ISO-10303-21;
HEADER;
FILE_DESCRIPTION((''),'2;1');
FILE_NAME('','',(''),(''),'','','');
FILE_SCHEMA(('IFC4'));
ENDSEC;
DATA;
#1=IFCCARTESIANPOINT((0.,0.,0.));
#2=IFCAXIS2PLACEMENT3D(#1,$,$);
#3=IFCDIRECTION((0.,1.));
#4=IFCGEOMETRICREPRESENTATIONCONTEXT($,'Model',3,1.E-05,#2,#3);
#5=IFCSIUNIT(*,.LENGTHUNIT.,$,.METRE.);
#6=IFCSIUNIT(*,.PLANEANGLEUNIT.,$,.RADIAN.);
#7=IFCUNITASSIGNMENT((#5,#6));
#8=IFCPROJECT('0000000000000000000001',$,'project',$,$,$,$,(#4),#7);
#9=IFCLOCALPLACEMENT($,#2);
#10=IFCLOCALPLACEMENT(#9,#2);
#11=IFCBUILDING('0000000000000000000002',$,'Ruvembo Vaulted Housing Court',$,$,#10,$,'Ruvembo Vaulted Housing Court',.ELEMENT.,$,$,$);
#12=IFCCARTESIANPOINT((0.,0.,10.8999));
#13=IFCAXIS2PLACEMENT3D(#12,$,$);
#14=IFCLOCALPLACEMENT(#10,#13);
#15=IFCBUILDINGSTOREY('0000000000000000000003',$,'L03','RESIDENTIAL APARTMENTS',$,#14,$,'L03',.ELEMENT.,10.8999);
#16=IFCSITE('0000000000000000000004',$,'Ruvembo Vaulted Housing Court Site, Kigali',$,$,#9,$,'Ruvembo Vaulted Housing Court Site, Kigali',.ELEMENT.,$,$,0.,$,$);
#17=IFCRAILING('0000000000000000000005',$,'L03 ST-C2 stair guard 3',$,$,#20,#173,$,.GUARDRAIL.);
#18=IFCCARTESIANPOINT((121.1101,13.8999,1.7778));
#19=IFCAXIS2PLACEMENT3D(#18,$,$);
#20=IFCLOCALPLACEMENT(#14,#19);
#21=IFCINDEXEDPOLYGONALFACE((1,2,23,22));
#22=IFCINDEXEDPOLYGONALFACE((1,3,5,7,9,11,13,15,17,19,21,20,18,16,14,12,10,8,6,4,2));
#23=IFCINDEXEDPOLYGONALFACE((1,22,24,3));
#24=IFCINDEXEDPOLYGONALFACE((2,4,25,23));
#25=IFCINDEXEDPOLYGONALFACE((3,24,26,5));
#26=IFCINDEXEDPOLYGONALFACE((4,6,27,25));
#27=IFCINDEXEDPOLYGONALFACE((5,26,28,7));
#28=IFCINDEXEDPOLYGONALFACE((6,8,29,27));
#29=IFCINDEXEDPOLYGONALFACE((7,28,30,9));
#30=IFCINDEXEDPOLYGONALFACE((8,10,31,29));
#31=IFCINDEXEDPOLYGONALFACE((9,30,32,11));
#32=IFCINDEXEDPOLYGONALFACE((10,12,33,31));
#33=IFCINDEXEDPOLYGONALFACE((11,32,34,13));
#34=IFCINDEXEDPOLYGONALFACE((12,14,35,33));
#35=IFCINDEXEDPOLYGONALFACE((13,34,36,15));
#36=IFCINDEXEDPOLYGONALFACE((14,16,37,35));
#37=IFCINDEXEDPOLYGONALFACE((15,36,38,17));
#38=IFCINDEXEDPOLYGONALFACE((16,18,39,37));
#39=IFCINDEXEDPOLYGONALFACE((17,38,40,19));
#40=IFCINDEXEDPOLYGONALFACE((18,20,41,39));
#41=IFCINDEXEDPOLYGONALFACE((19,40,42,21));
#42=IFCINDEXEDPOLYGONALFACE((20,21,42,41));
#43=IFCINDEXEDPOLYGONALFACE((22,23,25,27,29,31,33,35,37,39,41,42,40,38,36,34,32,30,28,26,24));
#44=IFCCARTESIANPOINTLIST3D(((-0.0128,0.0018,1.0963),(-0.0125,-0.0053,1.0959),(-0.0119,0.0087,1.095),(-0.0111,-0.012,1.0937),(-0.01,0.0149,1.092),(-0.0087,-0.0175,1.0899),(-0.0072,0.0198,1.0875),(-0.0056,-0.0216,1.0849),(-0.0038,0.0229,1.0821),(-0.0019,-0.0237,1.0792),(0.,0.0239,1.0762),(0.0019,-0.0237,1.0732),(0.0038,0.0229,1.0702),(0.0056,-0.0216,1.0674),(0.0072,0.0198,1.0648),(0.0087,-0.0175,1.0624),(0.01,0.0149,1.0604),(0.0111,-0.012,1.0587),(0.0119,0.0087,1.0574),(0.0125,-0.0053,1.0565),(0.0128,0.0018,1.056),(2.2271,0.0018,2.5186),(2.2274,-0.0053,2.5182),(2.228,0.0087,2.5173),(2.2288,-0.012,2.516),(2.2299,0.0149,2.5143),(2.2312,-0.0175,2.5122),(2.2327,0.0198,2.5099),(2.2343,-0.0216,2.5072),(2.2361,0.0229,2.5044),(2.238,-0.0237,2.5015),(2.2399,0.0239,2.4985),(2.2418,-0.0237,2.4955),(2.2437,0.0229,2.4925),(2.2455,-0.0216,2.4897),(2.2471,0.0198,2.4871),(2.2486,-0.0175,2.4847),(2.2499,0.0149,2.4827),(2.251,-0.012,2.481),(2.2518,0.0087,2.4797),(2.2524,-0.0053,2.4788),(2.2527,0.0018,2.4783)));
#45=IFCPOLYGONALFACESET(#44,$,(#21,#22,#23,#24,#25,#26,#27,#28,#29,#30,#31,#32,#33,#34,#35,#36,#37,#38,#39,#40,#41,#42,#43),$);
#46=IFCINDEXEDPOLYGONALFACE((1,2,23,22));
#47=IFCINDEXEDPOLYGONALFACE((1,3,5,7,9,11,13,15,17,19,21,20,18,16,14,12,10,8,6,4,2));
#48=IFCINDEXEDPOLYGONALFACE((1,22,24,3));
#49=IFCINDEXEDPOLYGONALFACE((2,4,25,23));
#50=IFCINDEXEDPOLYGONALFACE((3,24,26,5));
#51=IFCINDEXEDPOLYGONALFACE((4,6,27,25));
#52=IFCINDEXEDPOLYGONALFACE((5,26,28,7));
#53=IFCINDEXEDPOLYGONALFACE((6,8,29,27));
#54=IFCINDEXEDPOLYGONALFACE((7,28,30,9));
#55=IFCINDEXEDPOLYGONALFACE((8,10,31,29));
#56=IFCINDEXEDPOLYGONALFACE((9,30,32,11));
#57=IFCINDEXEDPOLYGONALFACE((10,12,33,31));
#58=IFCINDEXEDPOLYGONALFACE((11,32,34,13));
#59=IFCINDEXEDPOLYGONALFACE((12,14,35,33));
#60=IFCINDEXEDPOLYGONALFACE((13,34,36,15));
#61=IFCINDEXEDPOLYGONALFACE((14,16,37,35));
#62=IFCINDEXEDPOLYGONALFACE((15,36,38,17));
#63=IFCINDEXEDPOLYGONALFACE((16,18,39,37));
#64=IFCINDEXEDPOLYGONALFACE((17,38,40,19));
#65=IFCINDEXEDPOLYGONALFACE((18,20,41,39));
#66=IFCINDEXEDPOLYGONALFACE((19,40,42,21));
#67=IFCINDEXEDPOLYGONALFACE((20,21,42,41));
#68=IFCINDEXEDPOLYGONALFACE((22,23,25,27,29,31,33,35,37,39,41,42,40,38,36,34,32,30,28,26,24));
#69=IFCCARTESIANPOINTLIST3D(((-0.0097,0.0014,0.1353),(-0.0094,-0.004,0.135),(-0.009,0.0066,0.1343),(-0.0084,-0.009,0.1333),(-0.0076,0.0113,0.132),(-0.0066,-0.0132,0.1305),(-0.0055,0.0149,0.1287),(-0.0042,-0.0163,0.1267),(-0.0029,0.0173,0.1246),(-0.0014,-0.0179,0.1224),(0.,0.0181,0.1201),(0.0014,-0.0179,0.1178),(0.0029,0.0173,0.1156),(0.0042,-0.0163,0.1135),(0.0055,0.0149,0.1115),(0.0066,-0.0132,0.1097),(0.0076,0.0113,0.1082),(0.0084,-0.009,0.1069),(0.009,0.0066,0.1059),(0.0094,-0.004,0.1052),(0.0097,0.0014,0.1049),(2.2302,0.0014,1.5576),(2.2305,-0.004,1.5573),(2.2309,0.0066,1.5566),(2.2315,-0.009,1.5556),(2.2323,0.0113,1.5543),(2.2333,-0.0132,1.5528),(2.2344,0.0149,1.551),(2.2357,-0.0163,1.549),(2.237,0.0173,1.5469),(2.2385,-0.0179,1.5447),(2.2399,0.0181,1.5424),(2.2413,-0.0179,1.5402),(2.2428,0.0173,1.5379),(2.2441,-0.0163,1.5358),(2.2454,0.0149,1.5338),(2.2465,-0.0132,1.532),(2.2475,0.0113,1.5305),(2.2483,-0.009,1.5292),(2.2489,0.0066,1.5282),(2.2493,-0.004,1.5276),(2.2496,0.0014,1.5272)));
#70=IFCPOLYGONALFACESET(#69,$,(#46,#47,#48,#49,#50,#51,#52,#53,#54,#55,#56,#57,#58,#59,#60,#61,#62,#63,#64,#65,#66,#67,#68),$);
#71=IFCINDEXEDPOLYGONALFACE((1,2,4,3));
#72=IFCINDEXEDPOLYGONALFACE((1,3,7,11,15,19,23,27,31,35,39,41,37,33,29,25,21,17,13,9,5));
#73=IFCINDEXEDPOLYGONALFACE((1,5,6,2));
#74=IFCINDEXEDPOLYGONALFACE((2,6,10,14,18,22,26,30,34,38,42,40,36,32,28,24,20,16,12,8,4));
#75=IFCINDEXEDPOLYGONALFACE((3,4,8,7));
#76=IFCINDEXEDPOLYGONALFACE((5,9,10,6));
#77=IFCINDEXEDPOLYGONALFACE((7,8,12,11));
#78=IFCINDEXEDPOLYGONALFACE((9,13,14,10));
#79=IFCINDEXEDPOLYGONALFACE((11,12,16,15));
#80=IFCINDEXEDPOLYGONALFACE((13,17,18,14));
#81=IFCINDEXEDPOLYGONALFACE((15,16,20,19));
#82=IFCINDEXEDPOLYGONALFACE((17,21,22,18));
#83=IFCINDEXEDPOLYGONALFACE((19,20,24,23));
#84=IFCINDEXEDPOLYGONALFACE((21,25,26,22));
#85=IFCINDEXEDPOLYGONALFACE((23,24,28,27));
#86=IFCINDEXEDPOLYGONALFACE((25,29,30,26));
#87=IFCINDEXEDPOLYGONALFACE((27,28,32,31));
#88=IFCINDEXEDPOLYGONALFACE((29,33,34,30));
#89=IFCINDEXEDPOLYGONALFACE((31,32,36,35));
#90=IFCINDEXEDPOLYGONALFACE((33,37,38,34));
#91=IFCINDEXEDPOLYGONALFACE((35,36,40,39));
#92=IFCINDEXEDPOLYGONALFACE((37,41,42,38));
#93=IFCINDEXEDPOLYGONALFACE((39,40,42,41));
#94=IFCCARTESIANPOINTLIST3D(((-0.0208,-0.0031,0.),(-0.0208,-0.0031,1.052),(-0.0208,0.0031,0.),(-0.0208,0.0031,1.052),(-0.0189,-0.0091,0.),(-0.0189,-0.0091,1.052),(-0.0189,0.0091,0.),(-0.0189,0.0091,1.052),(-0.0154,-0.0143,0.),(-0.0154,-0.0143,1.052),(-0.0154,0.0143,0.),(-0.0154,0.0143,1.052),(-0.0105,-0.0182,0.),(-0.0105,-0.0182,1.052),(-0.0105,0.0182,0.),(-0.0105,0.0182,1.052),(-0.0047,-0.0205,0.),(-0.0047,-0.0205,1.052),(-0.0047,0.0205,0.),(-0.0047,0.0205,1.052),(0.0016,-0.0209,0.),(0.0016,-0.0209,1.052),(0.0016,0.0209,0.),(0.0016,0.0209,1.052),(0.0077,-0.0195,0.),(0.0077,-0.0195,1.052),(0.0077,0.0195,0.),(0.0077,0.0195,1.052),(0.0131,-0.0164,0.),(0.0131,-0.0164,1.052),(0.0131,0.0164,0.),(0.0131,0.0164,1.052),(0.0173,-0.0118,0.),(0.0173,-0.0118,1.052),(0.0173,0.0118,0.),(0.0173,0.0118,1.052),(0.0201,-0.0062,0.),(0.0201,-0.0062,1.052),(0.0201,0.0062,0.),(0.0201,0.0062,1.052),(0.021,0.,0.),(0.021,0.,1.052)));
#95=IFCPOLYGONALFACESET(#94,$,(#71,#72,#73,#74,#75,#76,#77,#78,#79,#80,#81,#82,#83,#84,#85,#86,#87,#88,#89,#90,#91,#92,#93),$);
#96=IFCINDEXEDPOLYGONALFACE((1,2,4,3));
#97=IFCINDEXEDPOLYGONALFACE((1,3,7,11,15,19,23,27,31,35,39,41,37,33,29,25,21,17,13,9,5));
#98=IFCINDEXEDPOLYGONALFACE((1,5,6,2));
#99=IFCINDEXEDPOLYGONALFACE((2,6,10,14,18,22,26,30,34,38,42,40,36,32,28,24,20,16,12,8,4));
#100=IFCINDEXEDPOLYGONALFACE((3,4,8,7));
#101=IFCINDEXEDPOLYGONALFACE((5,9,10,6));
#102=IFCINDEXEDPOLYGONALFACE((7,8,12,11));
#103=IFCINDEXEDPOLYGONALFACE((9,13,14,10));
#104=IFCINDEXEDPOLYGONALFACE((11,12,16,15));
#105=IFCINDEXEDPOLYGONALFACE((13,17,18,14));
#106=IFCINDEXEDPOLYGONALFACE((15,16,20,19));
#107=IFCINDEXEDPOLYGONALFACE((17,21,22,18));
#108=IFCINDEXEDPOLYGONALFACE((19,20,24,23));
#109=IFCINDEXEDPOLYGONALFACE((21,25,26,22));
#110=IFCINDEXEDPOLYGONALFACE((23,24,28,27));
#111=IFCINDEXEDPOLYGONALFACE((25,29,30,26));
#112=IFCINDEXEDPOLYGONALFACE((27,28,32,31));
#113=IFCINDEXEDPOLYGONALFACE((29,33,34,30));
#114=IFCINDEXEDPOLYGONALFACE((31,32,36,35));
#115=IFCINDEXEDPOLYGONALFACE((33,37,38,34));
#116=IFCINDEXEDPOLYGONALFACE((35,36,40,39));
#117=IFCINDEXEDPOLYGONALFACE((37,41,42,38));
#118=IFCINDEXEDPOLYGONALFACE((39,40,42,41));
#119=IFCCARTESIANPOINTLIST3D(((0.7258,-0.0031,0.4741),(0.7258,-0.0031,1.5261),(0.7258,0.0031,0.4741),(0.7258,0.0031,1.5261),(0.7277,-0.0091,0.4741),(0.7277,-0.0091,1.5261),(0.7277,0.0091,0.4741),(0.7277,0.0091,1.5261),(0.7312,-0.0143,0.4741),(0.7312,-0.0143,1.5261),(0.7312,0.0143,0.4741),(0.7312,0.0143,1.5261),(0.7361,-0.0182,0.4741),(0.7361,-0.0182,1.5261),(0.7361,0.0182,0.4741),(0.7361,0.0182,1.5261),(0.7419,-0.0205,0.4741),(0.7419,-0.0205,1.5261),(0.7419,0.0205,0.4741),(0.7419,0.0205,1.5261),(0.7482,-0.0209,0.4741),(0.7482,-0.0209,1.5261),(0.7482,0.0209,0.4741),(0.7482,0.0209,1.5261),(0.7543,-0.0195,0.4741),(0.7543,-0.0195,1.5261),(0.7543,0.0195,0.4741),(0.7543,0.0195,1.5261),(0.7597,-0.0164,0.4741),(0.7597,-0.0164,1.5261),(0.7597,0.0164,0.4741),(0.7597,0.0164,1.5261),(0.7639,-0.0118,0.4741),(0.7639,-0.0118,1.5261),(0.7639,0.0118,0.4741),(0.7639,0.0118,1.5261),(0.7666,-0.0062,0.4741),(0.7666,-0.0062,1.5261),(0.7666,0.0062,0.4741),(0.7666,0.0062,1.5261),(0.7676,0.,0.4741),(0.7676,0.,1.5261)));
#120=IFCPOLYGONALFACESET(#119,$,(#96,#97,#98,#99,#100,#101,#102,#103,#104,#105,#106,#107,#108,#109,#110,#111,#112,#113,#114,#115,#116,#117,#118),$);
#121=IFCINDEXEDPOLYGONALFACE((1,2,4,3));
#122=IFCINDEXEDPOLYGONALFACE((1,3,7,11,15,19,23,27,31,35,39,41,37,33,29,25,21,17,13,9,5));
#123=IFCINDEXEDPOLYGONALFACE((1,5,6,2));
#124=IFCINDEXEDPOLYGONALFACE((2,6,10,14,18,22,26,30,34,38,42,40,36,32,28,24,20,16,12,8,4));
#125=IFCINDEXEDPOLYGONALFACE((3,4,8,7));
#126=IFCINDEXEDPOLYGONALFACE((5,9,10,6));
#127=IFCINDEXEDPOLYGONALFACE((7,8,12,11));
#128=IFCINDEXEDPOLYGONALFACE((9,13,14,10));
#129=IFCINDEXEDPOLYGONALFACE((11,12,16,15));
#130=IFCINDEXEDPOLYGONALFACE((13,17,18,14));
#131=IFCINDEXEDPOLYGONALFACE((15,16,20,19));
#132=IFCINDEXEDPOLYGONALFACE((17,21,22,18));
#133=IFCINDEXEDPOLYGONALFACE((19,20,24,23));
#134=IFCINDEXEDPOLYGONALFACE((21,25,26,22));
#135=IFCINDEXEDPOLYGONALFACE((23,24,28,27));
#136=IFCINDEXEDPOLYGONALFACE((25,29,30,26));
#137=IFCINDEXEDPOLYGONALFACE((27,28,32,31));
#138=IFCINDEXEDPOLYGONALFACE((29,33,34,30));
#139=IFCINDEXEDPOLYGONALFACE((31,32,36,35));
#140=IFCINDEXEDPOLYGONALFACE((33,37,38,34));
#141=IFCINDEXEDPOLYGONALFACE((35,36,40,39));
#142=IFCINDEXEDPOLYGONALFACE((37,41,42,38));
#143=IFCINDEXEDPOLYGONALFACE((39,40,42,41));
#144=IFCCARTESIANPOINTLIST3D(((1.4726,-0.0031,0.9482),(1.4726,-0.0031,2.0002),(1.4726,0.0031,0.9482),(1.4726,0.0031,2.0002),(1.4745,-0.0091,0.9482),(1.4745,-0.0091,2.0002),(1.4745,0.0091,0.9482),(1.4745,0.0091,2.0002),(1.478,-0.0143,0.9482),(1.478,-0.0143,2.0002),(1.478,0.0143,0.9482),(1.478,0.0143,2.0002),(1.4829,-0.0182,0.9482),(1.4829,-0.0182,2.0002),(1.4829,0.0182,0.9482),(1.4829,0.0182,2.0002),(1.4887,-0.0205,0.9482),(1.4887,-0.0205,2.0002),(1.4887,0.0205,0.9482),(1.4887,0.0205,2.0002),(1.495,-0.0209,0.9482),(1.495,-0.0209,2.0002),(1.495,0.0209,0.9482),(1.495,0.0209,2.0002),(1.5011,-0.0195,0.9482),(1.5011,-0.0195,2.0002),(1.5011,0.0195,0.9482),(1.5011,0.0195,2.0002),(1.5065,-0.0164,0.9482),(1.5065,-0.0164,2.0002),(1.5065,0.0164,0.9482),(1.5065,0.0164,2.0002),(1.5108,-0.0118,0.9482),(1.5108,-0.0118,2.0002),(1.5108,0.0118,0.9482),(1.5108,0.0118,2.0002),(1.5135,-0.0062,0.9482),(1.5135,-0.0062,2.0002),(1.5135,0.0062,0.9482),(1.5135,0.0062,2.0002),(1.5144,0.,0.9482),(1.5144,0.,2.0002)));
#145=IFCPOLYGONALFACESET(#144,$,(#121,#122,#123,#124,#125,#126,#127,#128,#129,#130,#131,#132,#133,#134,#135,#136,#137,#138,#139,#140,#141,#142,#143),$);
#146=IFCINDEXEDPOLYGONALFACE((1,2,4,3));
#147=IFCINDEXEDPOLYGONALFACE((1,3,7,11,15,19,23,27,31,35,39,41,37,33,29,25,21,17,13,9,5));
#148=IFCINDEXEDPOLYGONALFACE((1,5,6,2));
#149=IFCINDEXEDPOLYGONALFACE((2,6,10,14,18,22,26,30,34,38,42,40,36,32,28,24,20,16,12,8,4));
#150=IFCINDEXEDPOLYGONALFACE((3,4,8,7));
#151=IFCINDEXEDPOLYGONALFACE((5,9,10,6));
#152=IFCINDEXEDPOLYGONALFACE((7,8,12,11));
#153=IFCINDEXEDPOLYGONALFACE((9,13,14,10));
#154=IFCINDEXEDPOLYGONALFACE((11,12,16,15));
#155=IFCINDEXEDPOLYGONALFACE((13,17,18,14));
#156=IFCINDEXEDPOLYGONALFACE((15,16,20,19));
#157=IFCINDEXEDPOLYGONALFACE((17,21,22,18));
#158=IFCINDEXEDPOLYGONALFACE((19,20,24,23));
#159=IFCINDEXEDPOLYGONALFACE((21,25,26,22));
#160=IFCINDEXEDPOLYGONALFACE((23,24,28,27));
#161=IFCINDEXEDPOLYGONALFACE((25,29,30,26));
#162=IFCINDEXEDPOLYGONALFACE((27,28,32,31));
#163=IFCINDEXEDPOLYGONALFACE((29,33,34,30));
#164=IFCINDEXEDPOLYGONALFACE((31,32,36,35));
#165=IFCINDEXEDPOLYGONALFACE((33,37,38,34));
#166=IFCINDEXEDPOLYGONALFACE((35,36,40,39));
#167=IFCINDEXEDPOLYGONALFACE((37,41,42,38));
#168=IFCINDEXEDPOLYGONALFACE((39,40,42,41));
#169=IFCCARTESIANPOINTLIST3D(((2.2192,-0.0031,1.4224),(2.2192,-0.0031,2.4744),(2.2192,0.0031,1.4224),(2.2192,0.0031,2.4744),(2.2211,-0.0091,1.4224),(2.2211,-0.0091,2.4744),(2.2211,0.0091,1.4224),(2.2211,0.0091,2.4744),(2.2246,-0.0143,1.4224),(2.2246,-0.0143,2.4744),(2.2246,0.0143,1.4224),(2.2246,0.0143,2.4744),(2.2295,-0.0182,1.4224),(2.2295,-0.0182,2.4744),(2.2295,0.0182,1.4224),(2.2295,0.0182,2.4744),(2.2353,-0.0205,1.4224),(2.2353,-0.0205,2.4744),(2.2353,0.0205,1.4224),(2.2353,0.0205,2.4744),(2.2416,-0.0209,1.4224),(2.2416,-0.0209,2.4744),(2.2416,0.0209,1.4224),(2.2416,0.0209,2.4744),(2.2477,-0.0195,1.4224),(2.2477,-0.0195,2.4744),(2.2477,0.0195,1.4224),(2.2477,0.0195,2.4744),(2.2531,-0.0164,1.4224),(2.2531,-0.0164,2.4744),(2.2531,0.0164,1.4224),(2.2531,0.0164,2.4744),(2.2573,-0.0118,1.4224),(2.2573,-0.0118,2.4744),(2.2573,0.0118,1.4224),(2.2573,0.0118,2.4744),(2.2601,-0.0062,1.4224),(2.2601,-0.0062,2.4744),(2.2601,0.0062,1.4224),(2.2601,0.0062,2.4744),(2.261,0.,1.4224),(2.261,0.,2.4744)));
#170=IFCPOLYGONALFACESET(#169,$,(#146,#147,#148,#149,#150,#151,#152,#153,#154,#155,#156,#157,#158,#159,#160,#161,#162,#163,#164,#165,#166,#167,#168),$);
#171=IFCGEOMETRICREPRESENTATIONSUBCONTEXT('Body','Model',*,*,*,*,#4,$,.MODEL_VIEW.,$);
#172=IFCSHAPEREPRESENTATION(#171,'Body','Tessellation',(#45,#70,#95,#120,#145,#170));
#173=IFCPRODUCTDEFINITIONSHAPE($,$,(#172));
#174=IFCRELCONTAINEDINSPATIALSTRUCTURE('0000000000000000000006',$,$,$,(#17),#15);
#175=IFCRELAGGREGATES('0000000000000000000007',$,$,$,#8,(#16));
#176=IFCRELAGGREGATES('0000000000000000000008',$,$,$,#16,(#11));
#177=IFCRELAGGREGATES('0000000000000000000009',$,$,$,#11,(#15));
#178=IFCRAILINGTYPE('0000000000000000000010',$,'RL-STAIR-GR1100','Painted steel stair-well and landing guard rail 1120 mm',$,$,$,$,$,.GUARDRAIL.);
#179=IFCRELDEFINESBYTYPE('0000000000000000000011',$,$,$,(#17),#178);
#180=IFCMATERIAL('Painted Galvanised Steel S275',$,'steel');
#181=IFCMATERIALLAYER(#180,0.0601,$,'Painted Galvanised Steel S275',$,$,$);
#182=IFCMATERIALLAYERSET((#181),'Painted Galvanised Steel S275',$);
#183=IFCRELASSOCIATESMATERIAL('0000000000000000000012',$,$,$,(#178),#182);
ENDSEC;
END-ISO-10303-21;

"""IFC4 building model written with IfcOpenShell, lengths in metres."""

from ifc_helpers import new_model, si_unit, direction, frame, origin, origin_2d, place, context, subcontext, project, spatial, circle, extrude, material, layer, layer_set, type_object, element, save


model = new_model("IFC4")

# Units and contexts
model_context = context("Model", 3, precision=1e-05, world=origin(), true_north=direction((0.0, 1.0)))
body_context = subcontext(model_context, "Body", "Model", "MODEL_VIEW")
ifc_project = project(units=[si_unit("LENGTHUNIT", "METRE"), si_unit("PLANEANGLEUNIT", "RADIAN")], contexts=[model_context])

# Site, building, storey
site_placement = place(None, origin())
site = spatial("IfcSite", under=ifc_project, at=site_placement, Name="Ruvembo Vaulted Housing Court Site, Kigali", LongName="Ruvembo Vaulted Housing Court Site, Kigali", CompositionType="ELEMENT", RefElevation=0.0)
building_placement = place(site_placement, origin())
building = spatial("IfcBuilding", under=site, at=building_placement, Name="Ruvembo Vaulted Housing Court", LongName="Ruvembo Vaulted Housing Court", CompositionType="ELEMENT")
storey_placement = place(building_placement, frame((0.0, 0.0, 10.8999)))
storey = spatial("IfcBuildingStorey", under=building, at=storey_placement, Name="L03", Description="RESIDENTIAL APARTMENTS", LongName="L03", CompositionType="ELEMENT", Elevation=10.8999)

# Railing
ifc_material_1 = material(Name="Painted Galvanised Steel S275", Category="steel")
ifc_layer_1 = layer(ifc_material_1, 0.0601, Name="Painted Galvanised Steel S275")
ifc_layer_set_1 = layer_set([ifc_layer_1], Name="Painted Galvanised Steel S275")
railing_type_1 = type_object("IfcRailingType", Name="RL-STAIR-GR1100", Description="Painted steel stair-well and landing guard rail 1120 mm", PredefinedType="GUARDRAIL", material=ifc_layer_set_1)
railing_1_placement = place(storey_placement, frame((121.1101, 13.8999, 1.7778)))
element("IfcRailing", 1, at=railing_1_placement, inside=storey, type_object=railing_type_1, Name="L03 ST-C2 stair guard 3", PredefinedType="GUARDRAIL", context=body_context, shape_type="SweptSolid", body=[
    extrude(circle(Radius=0.0239, at=origin_2d()), frame((0.0, 0.0, 1.0762), z_axis=(0.844188, 0.0, 0.536048), x_axis=(0.0, 1.0, 0.0)), (0.0, 0.0, 1.0), 2.6533),
    extrude(circle(Radius=0.0181, at=origin_2d()), frame((0.0, 0.0, 0.1201), z_axis=(0.844188, 0.0, 0.536048), x_axis=(0.0, 1.0, 0.0)), (0.0, 0.0, 1.0), 2.6533),
    extrude(circle(Radius=0.021, at=origin_2d()), origin(), (0.0, 0.0, 1.0), 1.052),
    extrude(circle(Radius=0.021, at=origin_2d()), frame((0.7466, 0.0, 0.4741)), (0.0, 0.0, 1.0), 1.052),
    extrude(circle(Radius=0.021, at=origin_2d()), frame((1.4934, 0.0, 0.9482)), (0.0, 0.0, 1.0), 1.052),
    extrude(circle(Radius=0.021, at=origin_2d()), frame((2.24, 0.0, 1.4224)), (0.0, 0.0, 1.0), 1.052),
])

save(model, "model.ifc")
